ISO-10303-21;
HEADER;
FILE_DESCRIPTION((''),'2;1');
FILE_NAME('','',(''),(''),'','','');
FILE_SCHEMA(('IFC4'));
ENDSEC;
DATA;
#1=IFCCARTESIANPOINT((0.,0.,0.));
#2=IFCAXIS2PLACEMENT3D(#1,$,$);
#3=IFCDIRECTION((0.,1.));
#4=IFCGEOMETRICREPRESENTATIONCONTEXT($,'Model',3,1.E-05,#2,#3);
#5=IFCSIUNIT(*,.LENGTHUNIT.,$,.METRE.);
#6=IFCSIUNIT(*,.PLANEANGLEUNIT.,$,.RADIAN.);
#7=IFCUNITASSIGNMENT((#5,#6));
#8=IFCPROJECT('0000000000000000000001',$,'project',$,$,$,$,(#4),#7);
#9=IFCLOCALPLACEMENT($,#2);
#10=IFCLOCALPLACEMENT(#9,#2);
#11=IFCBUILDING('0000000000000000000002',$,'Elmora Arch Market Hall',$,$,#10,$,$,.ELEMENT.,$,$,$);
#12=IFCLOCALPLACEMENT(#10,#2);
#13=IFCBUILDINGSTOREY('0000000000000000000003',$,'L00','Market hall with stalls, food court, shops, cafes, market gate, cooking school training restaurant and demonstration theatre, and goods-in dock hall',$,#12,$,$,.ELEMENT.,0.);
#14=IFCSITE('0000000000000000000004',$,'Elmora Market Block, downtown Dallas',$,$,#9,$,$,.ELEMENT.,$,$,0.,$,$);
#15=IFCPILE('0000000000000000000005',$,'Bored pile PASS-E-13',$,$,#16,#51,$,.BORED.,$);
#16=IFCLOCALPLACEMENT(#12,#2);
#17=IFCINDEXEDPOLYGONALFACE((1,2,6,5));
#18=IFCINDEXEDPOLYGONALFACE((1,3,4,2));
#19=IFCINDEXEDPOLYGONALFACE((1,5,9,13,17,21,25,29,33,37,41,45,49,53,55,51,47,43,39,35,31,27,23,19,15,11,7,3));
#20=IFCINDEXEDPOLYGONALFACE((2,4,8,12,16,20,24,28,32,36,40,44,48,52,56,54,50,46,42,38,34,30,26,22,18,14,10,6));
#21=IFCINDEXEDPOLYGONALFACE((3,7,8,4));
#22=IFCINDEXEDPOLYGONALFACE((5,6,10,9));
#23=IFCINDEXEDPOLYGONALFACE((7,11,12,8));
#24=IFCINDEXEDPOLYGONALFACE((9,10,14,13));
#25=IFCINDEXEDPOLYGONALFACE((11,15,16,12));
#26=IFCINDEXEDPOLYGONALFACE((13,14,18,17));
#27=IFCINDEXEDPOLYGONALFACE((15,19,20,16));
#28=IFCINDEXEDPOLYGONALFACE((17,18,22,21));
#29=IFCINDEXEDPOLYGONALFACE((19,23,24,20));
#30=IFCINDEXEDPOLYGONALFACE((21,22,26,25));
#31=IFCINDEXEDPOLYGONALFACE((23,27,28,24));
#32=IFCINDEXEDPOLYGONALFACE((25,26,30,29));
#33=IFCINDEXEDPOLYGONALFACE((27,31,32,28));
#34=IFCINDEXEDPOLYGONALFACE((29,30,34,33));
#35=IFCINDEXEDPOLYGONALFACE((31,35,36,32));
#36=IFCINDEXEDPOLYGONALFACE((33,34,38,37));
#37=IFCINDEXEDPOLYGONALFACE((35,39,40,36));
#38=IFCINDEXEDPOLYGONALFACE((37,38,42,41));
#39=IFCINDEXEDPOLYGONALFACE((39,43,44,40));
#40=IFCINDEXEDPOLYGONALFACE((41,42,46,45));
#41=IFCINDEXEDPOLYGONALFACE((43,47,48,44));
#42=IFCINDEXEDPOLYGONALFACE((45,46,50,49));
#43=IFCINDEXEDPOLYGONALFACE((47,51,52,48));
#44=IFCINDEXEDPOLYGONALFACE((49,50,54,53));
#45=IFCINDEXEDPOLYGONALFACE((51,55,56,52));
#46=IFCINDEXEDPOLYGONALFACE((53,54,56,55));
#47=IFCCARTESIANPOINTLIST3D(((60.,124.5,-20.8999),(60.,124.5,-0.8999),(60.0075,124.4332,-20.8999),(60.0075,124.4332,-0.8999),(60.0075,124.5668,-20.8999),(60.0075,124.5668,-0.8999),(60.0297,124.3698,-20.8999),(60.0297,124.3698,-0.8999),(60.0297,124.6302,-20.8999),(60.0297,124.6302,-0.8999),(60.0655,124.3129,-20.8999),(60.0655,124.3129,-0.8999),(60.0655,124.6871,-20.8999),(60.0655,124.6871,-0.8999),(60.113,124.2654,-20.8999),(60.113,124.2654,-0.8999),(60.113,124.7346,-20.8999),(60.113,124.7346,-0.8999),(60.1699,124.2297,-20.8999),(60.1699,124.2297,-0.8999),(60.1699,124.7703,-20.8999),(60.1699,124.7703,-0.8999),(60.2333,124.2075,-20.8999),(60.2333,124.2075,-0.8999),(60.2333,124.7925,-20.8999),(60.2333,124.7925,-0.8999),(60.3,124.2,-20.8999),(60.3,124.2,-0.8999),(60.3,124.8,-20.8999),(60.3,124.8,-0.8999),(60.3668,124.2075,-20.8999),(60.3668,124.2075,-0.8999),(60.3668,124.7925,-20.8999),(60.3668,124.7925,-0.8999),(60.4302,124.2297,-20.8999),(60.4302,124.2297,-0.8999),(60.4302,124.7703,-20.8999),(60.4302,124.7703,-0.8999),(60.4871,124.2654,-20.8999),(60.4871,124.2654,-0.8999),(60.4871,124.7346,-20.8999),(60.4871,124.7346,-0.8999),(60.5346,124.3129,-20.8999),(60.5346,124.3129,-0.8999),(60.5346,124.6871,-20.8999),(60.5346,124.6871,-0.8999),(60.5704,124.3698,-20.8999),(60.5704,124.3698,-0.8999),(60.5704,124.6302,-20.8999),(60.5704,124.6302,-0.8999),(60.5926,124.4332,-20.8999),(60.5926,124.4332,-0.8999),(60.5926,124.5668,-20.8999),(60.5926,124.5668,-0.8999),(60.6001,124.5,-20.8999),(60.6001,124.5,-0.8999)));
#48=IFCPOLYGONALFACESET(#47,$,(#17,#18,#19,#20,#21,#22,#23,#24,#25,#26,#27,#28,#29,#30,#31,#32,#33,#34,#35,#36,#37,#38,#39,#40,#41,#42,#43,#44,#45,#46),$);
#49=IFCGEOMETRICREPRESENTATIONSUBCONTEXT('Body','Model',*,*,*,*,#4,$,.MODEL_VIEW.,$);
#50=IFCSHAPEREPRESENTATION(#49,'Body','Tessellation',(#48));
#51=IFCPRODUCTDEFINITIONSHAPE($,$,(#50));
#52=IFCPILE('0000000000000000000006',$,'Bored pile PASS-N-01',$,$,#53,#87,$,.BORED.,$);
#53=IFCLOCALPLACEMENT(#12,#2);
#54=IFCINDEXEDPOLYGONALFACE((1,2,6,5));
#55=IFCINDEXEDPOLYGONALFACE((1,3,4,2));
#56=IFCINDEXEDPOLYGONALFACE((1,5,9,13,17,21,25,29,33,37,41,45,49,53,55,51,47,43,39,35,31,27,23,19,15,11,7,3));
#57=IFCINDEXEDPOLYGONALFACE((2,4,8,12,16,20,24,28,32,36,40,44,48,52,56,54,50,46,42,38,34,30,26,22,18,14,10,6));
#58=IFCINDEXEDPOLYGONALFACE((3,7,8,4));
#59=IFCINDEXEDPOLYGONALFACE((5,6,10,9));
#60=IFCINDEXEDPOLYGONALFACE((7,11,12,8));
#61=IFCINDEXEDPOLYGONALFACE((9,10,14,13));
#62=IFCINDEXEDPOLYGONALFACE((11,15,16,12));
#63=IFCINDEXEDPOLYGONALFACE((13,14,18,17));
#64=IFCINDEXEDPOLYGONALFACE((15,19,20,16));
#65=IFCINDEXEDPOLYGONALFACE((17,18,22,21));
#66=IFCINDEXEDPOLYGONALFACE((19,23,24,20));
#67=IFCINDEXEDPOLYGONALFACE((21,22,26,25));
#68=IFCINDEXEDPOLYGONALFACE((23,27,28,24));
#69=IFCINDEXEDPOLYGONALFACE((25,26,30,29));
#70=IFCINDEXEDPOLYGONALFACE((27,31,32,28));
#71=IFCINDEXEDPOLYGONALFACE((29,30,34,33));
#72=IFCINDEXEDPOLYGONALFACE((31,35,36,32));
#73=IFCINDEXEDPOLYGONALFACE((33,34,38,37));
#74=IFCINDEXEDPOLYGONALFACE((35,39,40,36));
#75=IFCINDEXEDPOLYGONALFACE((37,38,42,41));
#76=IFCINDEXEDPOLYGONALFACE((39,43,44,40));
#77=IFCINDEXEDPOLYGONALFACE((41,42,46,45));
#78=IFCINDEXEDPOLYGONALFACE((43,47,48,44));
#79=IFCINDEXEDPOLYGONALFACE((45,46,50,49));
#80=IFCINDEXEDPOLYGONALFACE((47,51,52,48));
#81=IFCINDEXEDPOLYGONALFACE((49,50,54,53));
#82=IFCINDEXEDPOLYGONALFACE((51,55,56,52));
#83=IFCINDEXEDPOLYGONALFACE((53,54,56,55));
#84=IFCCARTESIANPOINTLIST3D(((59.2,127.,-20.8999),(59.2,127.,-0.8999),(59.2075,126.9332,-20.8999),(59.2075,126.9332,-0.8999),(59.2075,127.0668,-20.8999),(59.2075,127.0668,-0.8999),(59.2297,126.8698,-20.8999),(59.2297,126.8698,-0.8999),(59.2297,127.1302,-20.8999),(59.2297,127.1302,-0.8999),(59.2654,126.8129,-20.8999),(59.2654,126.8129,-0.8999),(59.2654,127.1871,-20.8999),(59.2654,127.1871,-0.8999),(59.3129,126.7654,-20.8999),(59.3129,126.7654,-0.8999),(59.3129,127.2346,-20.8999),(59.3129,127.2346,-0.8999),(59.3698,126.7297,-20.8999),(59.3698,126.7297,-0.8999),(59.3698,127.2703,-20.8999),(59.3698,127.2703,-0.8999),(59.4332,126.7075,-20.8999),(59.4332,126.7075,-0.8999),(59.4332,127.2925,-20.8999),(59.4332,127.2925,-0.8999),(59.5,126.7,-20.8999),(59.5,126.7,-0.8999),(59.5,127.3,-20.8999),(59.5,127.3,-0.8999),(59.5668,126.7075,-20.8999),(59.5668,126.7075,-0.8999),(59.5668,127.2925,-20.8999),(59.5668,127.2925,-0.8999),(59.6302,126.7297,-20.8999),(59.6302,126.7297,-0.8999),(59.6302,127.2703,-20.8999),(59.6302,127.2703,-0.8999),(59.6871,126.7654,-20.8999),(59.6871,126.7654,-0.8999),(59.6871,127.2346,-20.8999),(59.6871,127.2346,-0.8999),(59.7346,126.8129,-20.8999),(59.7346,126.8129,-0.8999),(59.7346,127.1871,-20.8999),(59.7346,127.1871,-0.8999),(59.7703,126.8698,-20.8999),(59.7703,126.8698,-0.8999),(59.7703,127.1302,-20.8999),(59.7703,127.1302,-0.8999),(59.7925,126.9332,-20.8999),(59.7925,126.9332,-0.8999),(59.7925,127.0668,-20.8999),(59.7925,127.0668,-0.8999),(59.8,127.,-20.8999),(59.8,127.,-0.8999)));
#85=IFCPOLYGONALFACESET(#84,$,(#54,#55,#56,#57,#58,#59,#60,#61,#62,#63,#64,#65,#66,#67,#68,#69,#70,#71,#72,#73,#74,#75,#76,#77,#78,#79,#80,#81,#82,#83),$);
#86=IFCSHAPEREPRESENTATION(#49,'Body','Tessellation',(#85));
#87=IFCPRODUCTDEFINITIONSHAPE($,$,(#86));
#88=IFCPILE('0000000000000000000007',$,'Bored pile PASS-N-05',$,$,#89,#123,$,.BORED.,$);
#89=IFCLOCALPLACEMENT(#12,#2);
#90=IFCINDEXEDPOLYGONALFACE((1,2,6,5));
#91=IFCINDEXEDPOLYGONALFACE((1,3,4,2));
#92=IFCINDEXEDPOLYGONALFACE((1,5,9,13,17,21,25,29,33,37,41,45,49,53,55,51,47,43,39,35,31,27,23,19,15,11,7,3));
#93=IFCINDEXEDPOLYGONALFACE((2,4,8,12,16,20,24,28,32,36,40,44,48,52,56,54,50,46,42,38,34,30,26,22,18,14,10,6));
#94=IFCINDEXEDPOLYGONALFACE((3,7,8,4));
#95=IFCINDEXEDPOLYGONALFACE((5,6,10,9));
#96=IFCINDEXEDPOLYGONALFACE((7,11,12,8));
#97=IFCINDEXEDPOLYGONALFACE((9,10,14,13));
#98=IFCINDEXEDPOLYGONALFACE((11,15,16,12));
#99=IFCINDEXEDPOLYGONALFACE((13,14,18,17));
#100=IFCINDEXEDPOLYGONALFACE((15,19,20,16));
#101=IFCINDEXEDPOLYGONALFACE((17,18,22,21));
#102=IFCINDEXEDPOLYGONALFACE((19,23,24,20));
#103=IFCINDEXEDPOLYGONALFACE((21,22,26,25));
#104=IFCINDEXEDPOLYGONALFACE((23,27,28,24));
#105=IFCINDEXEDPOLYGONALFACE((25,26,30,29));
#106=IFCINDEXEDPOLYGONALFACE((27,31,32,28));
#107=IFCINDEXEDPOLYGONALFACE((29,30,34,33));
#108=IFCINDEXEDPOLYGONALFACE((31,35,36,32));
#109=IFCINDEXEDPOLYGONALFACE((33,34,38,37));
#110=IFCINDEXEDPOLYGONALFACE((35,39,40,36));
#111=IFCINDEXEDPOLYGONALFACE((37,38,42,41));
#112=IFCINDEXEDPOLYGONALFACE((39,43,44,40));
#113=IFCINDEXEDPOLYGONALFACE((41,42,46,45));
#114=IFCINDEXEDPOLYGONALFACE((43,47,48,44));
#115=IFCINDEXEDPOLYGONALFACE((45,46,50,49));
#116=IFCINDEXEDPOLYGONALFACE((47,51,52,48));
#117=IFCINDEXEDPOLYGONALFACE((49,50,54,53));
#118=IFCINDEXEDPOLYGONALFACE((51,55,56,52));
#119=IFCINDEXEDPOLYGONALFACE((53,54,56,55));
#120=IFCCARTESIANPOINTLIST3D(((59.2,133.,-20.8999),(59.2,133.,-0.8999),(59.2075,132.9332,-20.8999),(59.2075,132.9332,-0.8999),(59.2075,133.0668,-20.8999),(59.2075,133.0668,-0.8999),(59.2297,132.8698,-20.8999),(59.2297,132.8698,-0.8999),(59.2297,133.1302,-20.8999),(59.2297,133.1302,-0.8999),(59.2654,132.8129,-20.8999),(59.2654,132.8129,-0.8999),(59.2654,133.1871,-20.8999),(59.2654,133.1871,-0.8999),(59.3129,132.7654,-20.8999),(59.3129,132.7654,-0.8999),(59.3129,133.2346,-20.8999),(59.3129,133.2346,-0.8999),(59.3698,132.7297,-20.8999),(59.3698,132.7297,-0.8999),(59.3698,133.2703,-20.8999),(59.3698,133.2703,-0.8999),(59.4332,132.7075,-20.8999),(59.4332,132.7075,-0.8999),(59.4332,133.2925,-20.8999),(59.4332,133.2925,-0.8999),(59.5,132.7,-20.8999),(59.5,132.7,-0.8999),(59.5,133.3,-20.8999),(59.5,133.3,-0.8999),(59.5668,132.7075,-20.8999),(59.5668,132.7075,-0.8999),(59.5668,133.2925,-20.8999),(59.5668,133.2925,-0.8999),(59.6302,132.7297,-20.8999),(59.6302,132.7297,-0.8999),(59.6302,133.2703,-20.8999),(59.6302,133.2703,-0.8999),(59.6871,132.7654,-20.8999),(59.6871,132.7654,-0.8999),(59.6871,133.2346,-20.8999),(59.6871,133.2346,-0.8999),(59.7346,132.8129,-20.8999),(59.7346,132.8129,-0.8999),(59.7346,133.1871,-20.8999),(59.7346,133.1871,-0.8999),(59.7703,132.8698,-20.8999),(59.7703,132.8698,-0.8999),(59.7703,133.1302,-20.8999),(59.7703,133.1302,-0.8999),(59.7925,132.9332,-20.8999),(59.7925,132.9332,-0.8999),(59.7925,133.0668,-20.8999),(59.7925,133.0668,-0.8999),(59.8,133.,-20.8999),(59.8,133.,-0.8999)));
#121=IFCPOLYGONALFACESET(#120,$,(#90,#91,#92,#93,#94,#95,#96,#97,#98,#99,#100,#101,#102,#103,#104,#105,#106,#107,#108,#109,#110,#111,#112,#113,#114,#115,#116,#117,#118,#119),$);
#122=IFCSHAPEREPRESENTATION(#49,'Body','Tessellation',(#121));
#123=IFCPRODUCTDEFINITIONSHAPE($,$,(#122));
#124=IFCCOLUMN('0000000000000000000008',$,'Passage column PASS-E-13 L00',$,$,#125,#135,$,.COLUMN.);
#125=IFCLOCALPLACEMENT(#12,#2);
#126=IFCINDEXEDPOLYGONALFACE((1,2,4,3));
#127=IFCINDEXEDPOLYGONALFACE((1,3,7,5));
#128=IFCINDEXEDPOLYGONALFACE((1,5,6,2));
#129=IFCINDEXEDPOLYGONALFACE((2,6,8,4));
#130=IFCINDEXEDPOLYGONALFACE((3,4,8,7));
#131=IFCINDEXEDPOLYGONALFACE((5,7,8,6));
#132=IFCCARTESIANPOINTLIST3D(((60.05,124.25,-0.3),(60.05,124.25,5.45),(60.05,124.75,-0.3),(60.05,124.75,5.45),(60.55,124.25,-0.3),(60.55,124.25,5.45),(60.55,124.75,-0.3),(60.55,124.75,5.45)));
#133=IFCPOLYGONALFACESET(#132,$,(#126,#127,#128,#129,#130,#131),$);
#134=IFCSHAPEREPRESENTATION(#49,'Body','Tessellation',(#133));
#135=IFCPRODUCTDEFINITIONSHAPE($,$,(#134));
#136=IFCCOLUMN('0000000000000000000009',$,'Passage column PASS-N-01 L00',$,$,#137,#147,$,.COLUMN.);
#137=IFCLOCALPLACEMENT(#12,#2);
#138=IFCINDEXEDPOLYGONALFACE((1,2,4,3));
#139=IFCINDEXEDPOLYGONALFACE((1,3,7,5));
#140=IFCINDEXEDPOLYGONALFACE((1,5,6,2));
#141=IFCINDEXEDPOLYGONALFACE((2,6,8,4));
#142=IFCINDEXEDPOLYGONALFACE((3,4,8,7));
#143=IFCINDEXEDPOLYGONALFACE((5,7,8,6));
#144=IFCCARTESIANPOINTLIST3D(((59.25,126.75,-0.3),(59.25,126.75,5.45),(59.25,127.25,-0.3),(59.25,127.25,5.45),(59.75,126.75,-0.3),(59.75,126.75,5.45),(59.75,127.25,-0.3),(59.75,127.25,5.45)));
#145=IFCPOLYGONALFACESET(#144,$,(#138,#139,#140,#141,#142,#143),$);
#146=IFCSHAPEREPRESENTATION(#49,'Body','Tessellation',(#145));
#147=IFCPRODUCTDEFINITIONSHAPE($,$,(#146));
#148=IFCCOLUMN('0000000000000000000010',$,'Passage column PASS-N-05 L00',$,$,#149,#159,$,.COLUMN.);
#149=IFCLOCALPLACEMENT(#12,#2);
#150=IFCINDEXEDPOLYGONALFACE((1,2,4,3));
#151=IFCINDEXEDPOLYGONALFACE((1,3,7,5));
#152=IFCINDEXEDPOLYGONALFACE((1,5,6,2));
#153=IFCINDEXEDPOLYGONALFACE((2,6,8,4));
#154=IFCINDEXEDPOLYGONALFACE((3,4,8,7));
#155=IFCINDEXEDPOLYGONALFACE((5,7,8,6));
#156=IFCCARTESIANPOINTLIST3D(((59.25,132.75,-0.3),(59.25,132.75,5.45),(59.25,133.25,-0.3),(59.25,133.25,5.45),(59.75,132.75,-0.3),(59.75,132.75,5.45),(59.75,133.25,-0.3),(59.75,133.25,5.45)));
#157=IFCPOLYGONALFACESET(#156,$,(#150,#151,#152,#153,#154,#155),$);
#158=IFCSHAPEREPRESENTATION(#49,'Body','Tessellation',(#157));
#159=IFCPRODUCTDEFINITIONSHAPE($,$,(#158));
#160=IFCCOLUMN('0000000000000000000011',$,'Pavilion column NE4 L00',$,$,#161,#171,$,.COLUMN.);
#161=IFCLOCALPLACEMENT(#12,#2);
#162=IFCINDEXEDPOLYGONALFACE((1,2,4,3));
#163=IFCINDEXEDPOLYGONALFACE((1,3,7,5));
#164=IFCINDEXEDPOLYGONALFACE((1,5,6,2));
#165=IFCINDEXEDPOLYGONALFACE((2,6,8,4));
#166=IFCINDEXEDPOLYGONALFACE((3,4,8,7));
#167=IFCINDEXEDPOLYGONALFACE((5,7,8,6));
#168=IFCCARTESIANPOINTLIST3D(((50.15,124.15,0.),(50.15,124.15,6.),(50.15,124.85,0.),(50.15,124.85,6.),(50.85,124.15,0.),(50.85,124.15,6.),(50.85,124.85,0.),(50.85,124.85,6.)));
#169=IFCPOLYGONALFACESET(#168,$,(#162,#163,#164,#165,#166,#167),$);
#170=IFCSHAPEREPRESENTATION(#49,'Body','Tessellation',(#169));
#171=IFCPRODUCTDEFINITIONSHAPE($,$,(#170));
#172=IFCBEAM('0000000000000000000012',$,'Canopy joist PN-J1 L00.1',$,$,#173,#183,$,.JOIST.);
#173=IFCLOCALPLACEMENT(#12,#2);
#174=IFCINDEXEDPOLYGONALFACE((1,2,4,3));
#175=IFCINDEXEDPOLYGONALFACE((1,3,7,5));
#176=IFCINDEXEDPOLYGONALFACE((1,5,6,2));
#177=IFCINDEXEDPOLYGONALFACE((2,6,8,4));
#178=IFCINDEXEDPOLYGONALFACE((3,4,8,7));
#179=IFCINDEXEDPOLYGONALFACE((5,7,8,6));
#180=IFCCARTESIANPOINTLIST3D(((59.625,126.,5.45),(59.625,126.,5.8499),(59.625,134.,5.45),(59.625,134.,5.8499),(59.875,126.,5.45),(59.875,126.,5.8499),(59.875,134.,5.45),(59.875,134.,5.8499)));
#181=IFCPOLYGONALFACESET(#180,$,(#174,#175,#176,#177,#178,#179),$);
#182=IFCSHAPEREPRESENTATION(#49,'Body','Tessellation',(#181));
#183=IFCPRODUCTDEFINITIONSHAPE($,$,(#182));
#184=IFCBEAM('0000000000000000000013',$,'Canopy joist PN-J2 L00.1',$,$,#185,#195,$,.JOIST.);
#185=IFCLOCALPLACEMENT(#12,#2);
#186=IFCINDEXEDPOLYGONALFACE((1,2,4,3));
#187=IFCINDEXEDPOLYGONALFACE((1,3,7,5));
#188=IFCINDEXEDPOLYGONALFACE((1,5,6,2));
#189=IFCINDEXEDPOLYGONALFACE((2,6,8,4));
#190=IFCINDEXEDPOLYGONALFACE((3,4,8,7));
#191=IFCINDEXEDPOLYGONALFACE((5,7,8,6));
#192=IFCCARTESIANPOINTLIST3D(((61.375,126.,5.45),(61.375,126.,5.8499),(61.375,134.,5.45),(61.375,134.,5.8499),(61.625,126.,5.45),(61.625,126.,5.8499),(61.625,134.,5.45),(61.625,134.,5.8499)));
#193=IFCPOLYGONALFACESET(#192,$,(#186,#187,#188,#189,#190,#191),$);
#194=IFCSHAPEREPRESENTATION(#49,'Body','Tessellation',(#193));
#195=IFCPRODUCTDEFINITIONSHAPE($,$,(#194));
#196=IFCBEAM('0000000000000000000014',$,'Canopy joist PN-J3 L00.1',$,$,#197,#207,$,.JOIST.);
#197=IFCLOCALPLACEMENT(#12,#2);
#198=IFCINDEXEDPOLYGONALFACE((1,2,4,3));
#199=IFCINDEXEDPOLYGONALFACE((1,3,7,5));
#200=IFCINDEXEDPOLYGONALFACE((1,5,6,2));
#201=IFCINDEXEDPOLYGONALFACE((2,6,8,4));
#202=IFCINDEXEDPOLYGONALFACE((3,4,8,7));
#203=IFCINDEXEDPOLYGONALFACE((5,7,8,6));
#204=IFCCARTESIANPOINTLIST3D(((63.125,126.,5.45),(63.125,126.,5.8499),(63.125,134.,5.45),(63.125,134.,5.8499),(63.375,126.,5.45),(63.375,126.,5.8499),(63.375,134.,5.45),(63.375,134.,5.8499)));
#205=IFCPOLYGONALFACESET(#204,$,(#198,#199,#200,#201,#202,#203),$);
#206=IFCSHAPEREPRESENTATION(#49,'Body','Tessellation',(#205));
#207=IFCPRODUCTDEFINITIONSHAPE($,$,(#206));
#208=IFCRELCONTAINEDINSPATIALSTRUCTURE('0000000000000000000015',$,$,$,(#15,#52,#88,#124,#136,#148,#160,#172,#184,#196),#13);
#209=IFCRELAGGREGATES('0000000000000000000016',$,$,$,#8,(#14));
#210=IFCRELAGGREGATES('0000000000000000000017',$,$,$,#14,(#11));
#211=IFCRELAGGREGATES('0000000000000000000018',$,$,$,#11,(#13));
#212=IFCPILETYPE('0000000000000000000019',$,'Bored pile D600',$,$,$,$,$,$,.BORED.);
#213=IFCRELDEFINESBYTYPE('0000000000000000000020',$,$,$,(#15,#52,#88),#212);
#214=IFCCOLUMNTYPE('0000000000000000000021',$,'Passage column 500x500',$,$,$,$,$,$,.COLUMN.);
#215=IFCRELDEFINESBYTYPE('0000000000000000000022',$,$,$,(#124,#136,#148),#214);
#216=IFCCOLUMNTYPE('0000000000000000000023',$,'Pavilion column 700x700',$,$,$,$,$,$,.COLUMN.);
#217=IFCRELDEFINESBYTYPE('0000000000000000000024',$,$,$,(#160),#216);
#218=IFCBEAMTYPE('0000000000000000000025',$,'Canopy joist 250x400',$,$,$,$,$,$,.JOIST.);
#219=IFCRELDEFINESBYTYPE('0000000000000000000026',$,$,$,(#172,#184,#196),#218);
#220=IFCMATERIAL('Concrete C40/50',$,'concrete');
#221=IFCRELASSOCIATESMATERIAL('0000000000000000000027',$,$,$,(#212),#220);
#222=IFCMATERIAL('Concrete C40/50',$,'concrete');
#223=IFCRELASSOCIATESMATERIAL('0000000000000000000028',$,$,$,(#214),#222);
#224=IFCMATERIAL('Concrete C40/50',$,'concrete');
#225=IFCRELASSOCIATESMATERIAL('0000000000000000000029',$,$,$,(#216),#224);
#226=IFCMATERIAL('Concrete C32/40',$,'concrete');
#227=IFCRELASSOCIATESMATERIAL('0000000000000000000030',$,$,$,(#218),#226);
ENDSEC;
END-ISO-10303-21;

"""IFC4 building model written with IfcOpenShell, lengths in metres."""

from ifc_helpers import new_model, si_unit, direction, frame, origin, origin_2d, place, context, subcontext, project, spatial, rectangle, circle, extrude, material, material_profile, profile_set, type_object, element, save


model = new_model("IFC4")

# Units and contexts
model_context = context("Model", 3, precision=1e-05, world=origin(), true_north=direction((0.0, 1.0)))
body_context = subcontext(model_context, "Body", "Model", "MODEL_VIEW")
ifc_project = project(units=[si_unit("LENGTHUNIT", "METRE"), si_unit("PLANEANGLEUNIT", "RADIAN")], contexts=[model_context])

# Site, building, storey
site_placement = place(None, origin())
site = spatial("IfcSite", under=ifc_project, at=site_placement, Name="Elmora Market Block, downtown Dallas", CompositionType="ELEMENT", RefElevation=0.0)
building_placement = place(site_placement, origin())
building = spatial("IfcBuilding", under=site, at=building_placement, Name="Elmora Arch Market Hall", CompositionType="ELEMENT")
storey_placement = place(building_placement, origin())
storey = spatial("IfcBuildingStorey", under=building, at=storey_placement, Name="L00", Description="Market hall with stalls, food court, shops, cafes, market gate, cooking school training restaurant and demonstration theatre, and goods-in dock hall", CompositionType="ELEMENT", Elevation=0.0)

# Piles
ifc_material_1 = material(Name="Concrete C40/50", Category="concrete")
ifc_material_profile_1 = material_profile(ifc_material_1, circle(Radius=0.3, at=origin_2d()), Name="Bored pile D600")
ifc_profile_set_1 = profile_set([ifc_material_profile_1], Name="Concrete C40/50")
pile_type = type_object("IfcPileType", Name="Bored pile D600", PredefinedType="BORED", material=ifc_profile_set_1)
for number, where, z_axis, x_axis, name in (
    (1, (60.3, 124.5, -0.8999), (0.0, 0.0, -1.0), (1.0, 0.0, 0.0), "Bored pile PASS-E-13"),
    (2, (59.5, 127.0, -0.8999), (0.0, 0.0, -1.0), (1.0, 0.0, 0.0), "Bored pile PASS-N-01"),
    (3, (59.5, 133.0, -0.8999), (0.0, 0.0, -1.0), (1.0, 0.0, 0.0), "Bored pile PASS-N-05"),
):
    element("IfcPile", number, at=place(storey_placement, frame(where, z_axis=z_axis, x_axis=x_axis)), inside=storey, type_object=pile_type, Name=name, PredefinedType="BORED", context=body_context, shape_type="SweptSolid", body=[
        extrude(circle(Radius=0.3, at=origin_2d()), origin(), (0.0, 0.0, 1.0), 20.0),
    ])

# Columns
ifc_material_2 = material(Name="Concrete C40/50", Category="concrete")
ifc_material_profile_2 = material_profile(ifc_material_2, rectangle(XDim=0.5, YDim=0.5, at=origin_2d()), Name="Passage column 500x500")
ifc_profile_set_2 = profile_set([ifc_material_profile_2], Name="Concrete C40/50")
column_type_1 = type_object("IfcColumnType", Name="Passage column 500x500", PredefinedType="COLUMN", material=ifc_profile_set_2)
for number, where, z_axis, x_axis, name in (
    (4, (60.3, 124.5, -0.3), (0.0, 0.0, 1.0), (1.0, 0.0, 0.0), "Passage column PASS-E-13 L00"),
    (5, (59.5, 127.0, -0.3), (0.0, 0.0, 1.0), (1.0, 0.0, 0.0), "Passage column PASS-N-01 L00"),
    (6, (59.5, 133.0, -0.3), (0.0, 0.0, 1.0), (1.0, 0.0, 0.0), "Passage column PASS-N-05 L00"),
):
    element("IfcColumn", number, at=place(storey_placement, frame(where, z_axis=z_axis, x_axis=x_axis)), inside=storey, type_object=column_type_1, Name=name, PredefinedType="COLUMN", context=body_context, shape_type="SweptSolid", body=[
        extrude(rectangle(XDim=0.5, YDim=0.5, at=origin_2d()), origin(), (0.0, 0.0, 1.0), 5.75),
    ])
ifc_material_3 = material(Name="Concrete C40/50", Category="concrete")
ifc_material_profile_3 = material_profile(ifc_material_3, rectangle(XDim=0.7, YDim=0.7, at=origin_2d()), Name="Pavilion column 700x700")
ifc_profile_set_3 = profile_set([ifc_material_profile_3], Name="Concrete C40/50")
column_type_2 = type_object("IfcColumnType", Name="Pavilion column 700x700", PredefinedType="COLUMN", material=ifc_profile_set_3)
column_placement = place(storey_placement, frame((50.5, 124.5, 0.0), z_axis=(0.0, 0.0, 1.0), x_axis=(1.0, 0.0, 0.0)))
element("IfcColumn", 7, at=column_placement, inside=storey, type_object=column_type_2, Name="Pavilion column NE4 L00", PredefinedType="COLUMN", context=body_context, shape_type="SweptSolid", body=[
    extrude(rectangle(XDim=0.7, YDim=0.7, at=origin_2d()), origin(), (0.0, 0.0, 1.0), 6.0),
])

# Beams
ifc_material_4 = material(Name="Concrete C32/40", Category="concrete")
ifc_material_profile_4 = material_profile(ifc_material_4, rectangle(XDim=0.25, YDim=0.3999, at=origin_2d()), Name="Canopy joist 250x400")
ifc_profile_set_4 = profile_set([ifc_material_profile_4], Name="Concrete C32/40")
beam_type_1 = type_object("IfcBeamType", Name="Canopy joist 250x400", PredefinedType="JOIST", material=ifc_profile_set_4)
for number, where, z_axis, x_axis, name in (
    (8, (59.75, 126.0, 5.6499), (0.0, 1.0, 0.0), (-1.0, 0.0, 0.0), "Canopy joist PN-J1 L00.1"),
    (9, (61.5, 126.0, 5.6499), (0.0, 1.0, 0.0), (-1.0, 0.0, 0.0), "Canopy joist PN-J2 L00.1"),
    (10, (63.25, 126.0, 5.6499), (0.0, 1.0, 0.0), (-1.0, 0.0, 0.0), "Canopy joist PN-J3 L00.1"),
):
    element("IfcBeam", number, at=place(storey_placement, frame(where, z_axis=z_axis, x_axis=x_axis)), inside=storey, type_object=beam_type_1, Name=name, PredefinedType="JOIST", context=body_context, shape_type="SweptSolid", body=[
        extrude(rectangle(XDim=0.25, YDim=0.3999, at=origin_2d()), origin(), (0.0, 0.0, 1.0), 8.0),
    ])

save(model, "model.ifc")
